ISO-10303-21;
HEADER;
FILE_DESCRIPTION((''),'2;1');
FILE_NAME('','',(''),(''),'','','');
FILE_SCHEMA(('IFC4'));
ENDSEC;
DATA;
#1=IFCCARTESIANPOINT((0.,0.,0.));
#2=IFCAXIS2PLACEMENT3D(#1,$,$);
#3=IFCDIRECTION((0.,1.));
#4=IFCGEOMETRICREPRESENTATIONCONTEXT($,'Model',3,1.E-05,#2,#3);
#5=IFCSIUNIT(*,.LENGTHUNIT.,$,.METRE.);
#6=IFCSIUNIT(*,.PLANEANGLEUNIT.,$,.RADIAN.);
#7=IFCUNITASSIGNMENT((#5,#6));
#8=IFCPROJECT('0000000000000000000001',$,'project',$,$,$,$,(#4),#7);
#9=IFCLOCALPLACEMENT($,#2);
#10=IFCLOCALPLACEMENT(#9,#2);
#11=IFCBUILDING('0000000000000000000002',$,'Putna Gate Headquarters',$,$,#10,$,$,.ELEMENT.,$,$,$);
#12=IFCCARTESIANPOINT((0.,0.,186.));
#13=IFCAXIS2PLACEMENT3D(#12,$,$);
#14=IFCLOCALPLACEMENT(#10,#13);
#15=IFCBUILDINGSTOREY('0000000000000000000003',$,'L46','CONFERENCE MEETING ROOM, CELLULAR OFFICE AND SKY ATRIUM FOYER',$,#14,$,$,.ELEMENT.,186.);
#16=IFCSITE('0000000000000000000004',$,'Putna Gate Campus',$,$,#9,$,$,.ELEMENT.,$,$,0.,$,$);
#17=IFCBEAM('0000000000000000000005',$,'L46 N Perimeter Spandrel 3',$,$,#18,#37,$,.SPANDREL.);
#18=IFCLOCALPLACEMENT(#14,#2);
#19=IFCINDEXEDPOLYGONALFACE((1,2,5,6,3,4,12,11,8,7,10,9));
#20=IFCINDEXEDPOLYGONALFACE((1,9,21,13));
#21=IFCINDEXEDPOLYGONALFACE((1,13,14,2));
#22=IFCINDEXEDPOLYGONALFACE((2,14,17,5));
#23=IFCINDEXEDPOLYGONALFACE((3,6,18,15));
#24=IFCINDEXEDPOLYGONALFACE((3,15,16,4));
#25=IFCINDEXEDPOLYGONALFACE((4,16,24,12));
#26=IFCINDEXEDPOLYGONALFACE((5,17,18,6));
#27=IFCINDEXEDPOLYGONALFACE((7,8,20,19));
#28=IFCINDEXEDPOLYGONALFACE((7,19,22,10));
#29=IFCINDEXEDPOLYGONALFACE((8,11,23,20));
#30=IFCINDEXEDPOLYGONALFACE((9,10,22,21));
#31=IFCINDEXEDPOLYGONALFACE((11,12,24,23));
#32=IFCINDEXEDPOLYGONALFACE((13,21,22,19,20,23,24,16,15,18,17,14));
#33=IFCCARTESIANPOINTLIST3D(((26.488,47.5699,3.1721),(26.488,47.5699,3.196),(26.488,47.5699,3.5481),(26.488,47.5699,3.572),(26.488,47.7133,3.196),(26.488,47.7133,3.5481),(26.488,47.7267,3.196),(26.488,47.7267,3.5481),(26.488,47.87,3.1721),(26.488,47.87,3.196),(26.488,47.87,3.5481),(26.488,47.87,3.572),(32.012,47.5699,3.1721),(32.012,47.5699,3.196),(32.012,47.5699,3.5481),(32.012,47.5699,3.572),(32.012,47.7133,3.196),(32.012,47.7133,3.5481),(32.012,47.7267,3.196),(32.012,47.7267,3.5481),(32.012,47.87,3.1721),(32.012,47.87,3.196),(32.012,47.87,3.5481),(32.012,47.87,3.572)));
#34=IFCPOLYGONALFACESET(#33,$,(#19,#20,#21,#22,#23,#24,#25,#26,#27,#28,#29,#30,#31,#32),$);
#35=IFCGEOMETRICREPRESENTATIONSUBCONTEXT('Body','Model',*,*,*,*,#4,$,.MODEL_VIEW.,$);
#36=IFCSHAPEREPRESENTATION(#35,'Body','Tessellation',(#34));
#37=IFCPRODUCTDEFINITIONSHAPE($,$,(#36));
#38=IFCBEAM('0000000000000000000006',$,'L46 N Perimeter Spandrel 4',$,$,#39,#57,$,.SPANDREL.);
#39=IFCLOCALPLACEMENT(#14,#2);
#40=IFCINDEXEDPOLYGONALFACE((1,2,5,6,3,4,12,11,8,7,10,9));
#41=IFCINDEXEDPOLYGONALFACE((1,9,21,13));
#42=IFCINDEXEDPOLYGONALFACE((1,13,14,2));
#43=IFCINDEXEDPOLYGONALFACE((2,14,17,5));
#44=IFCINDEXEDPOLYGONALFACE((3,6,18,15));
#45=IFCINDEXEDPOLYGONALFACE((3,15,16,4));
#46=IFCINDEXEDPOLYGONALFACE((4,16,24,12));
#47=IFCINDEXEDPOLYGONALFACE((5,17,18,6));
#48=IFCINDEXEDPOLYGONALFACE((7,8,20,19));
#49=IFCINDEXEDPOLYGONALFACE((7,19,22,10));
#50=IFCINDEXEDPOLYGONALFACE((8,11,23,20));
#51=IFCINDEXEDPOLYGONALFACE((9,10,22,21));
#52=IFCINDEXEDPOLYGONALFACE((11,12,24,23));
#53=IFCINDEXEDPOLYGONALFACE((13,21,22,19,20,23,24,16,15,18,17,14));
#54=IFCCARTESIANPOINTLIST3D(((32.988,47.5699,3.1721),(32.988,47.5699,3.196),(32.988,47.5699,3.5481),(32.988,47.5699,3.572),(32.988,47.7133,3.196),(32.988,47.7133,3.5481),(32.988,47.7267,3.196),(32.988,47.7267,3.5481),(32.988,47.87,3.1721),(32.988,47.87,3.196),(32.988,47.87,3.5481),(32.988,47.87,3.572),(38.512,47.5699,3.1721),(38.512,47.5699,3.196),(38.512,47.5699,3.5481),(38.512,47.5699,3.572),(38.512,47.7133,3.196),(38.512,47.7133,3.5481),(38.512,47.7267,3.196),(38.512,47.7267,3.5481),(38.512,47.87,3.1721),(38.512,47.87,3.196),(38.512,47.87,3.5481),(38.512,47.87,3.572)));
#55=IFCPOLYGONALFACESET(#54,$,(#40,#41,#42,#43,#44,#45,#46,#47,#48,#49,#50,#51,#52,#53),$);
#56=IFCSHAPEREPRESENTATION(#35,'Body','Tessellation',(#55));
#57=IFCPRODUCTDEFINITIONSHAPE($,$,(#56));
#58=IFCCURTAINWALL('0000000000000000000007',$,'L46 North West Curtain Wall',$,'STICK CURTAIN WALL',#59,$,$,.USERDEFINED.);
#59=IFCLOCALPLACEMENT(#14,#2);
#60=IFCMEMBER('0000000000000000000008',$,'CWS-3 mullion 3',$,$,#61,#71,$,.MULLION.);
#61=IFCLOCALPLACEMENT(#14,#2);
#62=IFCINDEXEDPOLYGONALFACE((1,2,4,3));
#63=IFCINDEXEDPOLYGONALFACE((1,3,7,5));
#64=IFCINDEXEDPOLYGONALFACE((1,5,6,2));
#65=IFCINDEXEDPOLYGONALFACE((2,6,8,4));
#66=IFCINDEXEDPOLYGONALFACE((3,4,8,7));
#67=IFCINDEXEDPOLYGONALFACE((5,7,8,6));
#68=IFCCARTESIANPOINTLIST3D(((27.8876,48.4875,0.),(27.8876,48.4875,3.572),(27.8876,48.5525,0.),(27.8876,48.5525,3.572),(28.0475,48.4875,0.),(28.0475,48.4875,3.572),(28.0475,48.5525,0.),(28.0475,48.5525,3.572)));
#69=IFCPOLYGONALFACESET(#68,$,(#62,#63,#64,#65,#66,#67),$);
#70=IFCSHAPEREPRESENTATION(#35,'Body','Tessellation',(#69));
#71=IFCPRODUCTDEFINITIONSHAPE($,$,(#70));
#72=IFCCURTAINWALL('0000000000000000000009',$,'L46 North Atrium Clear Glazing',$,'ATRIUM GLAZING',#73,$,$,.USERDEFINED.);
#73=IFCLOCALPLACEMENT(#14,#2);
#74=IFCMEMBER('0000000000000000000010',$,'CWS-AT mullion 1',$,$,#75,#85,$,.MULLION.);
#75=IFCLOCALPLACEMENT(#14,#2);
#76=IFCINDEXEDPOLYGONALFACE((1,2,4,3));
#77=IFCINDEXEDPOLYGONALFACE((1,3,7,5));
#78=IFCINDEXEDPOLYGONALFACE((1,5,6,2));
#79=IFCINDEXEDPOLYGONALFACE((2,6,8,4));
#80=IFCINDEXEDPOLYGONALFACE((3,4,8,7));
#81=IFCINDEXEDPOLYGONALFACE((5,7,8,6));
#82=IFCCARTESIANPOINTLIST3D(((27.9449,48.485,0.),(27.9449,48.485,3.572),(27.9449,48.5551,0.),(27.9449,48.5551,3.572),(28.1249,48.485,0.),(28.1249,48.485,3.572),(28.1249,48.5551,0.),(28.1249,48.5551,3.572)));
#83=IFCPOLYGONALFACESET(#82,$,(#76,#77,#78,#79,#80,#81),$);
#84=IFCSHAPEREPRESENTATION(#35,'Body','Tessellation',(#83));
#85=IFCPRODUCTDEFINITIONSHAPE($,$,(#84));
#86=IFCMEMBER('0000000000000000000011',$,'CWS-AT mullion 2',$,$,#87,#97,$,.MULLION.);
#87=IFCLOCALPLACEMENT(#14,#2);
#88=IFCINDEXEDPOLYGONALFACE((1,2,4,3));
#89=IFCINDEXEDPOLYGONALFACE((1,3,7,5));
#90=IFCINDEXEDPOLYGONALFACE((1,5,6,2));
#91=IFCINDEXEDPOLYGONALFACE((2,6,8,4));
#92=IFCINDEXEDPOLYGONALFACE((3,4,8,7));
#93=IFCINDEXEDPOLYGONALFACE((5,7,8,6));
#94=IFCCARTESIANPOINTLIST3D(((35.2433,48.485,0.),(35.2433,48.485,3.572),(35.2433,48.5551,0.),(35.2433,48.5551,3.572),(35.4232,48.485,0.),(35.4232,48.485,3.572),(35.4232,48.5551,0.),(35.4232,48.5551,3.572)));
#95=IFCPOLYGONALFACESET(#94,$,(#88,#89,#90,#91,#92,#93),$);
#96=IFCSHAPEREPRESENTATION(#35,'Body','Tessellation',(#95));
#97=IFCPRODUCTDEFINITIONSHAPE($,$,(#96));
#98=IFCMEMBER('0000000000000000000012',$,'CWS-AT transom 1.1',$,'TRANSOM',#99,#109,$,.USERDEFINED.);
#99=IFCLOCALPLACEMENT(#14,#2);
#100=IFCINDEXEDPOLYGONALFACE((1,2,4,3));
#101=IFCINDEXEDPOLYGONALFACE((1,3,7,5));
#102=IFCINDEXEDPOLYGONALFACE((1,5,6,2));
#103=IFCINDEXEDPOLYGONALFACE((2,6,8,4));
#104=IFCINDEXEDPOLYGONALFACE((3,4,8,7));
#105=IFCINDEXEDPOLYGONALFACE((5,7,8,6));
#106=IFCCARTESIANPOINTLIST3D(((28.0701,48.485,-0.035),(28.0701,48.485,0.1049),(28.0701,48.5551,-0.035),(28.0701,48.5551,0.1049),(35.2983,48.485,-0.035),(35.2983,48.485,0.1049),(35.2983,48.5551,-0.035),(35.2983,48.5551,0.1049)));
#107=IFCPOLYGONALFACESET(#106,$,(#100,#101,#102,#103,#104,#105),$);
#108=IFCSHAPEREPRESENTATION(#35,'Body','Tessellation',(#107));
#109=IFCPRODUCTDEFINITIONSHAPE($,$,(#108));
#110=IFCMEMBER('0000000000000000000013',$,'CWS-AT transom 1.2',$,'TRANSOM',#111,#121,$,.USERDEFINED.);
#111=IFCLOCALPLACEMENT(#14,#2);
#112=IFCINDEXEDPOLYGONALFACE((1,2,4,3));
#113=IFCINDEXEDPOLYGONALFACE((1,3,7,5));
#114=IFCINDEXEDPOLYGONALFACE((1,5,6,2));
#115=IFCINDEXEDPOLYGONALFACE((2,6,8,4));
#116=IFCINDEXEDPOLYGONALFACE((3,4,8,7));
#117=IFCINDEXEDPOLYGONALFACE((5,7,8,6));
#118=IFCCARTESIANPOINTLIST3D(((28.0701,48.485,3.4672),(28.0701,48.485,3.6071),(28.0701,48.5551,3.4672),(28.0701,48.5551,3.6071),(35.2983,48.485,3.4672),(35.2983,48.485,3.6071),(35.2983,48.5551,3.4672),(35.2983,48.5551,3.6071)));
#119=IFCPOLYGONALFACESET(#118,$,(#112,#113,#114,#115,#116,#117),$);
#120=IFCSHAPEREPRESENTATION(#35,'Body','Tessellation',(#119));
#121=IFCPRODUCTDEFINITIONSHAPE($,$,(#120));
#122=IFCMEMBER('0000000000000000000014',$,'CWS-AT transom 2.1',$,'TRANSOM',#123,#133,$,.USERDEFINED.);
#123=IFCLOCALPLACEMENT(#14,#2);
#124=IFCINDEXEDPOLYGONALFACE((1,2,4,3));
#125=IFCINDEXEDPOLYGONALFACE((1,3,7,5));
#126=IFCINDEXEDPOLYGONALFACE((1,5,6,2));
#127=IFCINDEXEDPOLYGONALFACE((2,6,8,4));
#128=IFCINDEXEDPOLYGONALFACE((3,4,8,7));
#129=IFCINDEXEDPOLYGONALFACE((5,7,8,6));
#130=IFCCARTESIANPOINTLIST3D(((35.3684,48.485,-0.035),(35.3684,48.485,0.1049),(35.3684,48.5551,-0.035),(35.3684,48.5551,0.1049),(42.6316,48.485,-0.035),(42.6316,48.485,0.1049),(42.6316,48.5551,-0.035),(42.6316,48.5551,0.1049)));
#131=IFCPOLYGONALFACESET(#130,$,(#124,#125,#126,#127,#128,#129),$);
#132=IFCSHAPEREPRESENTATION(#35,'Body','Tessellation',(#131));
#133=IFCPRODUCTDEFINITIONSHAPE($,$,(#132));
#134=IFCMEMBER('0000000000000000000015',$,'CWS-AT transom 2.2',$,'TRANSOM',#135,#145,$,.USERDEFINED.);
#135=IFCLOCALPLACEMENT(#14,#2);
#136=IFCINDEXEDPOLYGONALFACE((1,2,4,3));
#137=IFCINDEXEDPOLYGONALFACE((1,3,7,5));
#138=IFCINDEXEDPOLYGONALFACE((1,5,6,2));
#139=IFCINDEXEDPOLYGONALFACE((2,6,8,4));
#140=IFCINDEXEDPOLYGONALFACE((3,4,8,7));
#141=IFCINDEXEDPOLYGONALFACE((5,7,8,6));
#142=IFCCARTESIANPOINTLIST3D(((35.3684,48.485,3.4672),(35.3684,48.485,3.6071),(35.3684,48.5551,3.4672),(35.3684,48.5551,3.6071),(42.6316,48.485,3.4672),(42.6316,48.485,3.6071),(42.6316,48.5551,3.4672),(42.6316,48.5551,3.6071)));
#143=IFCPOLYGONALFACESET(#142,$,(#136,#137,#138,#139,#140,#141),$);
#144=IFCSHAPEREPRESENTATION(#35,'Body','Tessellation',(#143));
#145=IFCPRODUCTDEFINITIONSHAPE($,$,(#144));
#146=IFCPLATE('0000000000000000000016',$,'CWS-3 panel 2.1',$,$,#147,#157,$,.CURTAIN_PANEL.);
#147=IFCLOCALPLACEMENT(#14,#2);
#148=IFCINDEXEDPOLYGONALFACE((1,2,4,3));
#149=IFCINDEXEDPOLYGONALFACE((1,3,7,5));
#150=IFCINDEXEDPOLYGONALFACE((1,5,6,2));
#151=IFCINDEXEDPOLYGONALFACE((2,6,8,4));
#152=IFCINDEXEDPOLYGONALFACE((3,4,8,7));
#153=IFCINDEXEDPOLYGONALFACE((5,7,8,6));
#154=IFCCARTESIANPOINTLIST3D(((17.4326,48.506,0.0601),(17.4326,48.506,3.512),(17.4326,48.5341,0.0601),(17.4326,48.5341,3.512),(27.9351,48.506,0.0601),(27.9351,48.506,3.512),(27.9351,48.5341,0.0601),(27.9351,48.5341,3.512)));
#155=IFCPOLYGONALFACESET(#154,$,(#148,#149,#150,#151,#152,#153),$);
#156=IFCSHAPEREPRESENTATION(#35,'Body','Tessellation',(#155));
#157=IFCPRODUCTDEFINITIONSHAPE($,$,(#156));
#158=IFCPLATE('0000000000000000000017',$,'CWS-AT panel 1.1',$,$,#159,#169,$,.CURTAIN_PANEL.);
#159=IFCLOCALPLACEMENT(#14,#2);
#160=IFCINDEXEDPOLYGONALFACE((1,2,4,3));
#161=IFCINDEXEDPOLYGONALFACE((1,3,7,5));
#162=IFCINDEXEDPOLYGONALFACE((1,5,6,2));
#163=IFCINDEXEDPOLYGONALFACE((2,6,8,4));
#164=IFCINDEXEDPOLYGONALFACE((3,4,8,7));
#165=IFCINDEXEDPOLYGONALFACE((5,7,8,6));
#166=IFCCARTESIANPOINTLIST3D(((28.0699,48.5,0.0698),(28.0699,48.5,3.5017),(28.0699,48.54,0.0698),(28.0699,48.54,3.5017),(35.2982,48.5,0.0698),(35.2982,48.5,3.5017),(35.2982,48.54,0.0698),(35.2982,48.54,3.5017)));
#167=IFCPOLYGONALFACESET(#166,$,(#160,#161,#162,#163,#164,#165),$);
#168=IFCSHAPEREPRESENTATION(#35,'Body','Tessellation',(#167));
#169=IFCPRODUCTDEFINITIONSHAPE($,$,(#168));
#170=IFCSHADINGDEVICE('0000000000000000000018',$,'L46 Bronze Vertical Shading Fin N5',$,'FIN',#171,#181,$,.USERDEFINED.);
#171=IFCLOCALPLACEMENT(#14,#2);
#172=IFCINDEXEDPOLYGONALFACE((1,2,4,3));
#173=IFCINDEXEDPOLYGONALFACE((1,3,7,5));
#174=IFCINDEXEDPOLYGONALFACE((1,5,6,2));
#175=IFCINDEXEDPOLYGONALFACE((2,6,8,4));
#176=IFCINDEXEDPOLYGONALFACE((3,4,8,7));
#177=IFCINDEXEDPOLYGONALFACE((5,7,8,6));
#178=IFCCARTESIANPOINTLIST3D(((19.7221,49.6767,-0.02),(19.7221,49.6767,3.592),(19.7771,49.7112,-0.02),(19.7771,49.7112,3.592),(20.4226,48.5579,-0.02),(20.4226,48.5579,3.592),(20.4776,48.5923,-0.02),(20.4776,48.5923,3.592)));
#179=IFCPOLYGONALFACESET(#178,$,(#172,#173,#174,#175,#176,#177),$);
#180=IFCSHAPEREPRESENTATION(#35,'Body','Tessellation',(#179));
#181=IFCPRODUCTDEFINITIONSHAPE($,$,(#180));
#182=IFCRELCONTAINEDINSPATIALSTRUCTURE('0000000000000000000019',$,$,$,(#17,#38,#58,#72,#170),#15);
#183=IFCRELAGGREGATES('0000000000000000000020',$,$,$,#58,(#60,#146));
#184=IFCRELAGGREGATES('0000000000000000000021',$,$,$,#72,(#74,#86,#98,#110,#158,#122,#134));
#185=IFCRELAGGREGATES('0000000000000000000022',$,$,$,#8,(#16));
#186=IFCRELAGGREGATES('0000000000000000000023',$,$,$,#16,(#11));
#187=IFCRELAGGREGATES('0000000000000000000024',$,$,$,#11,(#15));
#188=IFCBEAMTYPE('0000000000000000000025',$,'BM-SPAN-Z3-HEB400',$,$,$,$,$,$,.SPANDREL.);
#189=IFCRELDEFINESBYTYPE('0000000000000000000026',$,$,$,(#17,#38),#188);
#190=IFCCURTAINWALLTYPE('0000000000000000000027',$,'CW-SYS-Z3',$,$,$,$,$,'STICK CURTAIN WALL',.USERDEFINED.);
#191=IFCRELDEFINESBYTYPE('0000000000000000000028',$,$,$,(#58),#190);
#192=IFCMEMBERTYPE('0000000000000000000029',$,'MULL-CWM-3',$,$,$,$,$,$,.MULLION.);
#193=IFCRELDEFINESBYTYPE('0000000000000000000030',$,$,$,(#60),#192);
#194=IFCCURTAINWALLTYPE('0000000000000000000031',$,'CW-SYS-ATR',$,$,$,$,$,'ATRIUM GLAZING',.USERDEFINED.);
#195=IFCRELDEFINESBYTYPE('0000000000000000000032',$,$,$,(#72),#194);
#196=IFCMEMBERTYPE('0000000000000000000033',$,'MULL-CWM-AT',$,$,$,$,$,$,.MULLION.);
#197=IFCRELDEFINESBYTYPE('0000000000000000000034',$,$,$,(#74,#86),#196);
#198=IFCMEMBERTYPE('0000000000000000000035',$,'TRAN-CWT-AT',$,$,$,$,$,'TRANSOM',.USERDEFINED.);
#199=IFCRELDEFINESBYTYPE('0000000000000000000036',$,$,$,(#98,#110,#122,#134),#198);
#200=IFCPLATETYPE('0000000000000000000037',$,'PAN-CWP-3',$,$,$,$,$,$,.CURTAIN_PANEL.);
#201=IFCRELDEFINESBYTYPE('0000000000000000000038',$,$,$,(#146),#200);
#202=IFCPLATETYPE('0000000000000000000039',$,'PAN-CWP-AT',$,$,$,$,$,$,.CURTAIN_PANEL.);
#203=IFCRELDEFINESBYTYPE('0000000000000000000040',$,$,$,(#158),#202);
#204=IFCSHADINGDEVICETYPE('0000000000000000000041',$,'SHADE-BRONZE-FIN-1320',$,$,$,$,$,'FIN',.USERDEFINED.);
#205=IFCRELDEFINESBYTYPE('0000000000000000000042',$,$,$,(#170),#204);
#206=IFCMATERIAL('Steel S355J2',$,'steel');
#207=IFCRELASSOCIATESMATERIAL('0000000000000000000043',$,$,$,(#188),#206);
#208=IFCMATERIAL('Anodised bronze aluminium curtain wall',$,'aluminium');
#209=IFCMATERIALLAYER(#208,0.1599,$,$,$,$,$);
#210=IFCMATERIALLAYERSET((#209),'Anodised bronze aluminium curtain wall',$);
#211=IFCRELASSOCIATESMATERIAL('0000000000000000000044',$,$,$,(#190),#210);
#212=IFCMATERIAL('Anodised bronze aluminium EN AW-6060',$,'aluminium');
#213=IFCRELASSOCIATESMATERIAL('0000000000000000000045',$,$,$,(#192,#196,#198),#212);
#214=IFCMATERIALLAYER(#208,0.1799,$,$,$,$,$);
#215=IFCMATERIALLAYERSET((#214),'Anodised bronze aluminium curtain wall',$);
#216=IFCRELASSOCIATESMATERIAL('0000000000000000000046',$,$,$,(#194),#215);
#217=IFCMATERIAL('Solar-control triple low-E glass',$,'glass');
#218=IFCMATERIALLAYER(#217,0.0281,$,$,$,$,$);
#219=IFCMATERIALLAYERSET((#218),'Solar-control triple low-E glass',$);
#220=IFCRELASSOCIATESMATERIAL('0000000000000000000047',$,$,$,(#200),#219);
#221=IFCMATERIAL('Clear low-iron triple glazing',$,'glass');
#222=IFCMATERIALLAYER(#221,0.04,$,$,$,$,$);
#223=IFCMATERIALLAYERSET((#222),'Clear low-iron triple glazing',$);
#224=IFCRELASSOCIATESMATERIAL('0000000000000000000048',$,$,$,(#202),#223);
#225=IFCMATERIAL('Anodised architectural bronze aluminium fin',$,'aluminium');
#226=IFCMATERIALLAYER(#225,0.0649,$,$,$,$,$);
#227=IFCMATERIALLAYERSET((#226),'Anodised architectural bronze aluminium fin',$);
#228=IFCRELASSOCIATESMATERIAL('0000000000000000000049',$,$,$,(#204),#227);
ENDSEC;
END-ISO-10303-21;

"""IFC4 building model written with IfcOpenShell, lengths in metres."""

from ifc_helpers import new_model, si_unit, direction, frame, origin, origin_2d, place, context, subcontext, project, spatial, rectangle, i_section, extrude, material, layer, layer_set, material_profile, profile_set, type_object, element, aggregate, save


model = new_model("IFC4")

# Units and contexts
model_context = context("Model", 3, precision=1e-05, world=origin(), true_north=direction((0.0, 1.0)))
body_context = subcontext(model_context, "Body", "Model", "MODEL_VIEW")
ifc_project = project(units=[si_unit("LENGTHUNIT", "METRE"), si_unit("PLANEANGLEUNIT", "RADIAN")], contexts=[model_context])

# Site, building, storey
site_placement = place(None, origin())
site = spatial("IfcSite", under=ifc_project, at=site_placement, Name="Putna Gate Campus", CompositionType="ELEMENT", RefElevation=0.0)
building_placement = place(site_placement, origin())
building = spatial("IfcBuilding", under=site, at=building_placement, Name="Putna Gate Headquarters", CompositionType="ELEMENT")
storey_placement = place(building_placement, frame((0.0, 0.0, 186.0)))
storey = spatial("IfcBuildingStorey", under=building, at=storey_placement, Name="L46", Description="CONFERENCE MEETING ROOM, CELLULAR OFFICE AND SKY ATRIUM FOYER", CompositionType="ELEMENT", Elevation=186.0)

# Beams
ifc_material_1 = material(Name="Steel S355J2", Category="steel")
ifc_material_profile_1 = material_profile(ifc_material_1, i_section(OverallWidth=0.3, OverallDepth=0.3999, WebThickness=0.0134, FlangeThickness=0.0239, at=origin_2d()), Name="Steel S355J2")
ifc_profile_set_1 = profile_set([ifc_material_profile_1], Name="Steel S355J2")
beam_type_1 = type_object("IfcBeamType", Name="BM-SPAN-Z3-HEB400", PredefinedType="SPANDREL", material=ifc_profile_set_1)
for number, where, z_axis, x_axis, name in (
    (1, (26.488, 47.72, 3.3721), (1.0, 0.0, 0.0), (0.0, 1.0, 0.0), "L46 N Perimeter Spandrel 3"),
    (2, (32.988, 47.72, 3.3721), (1.0, 0.0, 0.0), (0.0, 1.0, 0.0), "L46 N Perimeter Spandrel 4"),
):
    element("IfcBeam", number, at=place(storey_placement, frame(where, z_axis=z_axis, x_axis=x_axis)), inside=storey, type_object=beam_type_1, Name=name, PredefinedType="SPANDREL", context=body_context, shape_type="SweptSolid", body=[
        extrude(i_section(OverallWidth=0.3, OverallDepth=0.3999, WebThickness=0.0134, FlangeThickness=0.0239, at=origin_2d()), origin(), (0.0, 0.0, 1.0), 5.5239),
    ])

# Curtain wall, member
ifc_material_2 = material(Name="Anodised bronze aluminium curtain wall", Category="aluminium")
ifc_layer_1 = layer(ifc_material_2, 0.1599)
ifc_layer_set_1 = layer_set([ifc_layer_1], Name="Anodised bronze aluminium curtain wall")
curtain_wall_type_1 = type_object("IfcCurtainWallType", Name="CW-SYS-Z3", ElementType="STICK CURTAIN WALL", PredefinedType="USERDEFINED", material=ifc_layer_set_1)
curtain_wall_1_placement = place(storey_placement, origin())
curtain_wall_1 = element("IfcCurtainWall", 3, at=curtain_wall_1_placement, inside=storey, type_object=curtain_wall_type_1, Name="L46 North West Curtain Wall", ObjectType="STICK CURTAIN WALL", PredefinedType="USERDEFINED")
ifc_material_3 = material(Name="Anodised bronze aluminium EN AW-6060", Category="aluminium")
ifc_material_profile_2 = material_profile(ifc_material_3, rectangle(XDim=0.0649, YDim=0.1599, at=origin_2d()), Name="Anodised bronze aluminium EN AW-6060")
ifc_profile_set_2 = profile_set([ifc_material_profile_2], Name="Anodised bronze aluminium EN AW-6060")
member_type_1 = type_object("IfcMemberType", Name="MULL-CWM-3", PredefinedType="MULLION", material=ifc_profile_set_2)
member_1_placement = place(storey_placement, frame((27.9675, 48.52, 0.0), z_axis=(0.0, 0.0, 1.0), x_axis=(0.0, 1.0, 0.0)))
member_1 = element("IfcMember", 4, at=member_1_placement, type_object=member_type_1, Name="CWS-3 mullion 3", PredefinedType="MULLION", context=body_context, shape_type="SweptSolid", body=[
    extrude(rectangle(XDim=0.0649, YDim=0.1599, at=origin_2d()), origin(), (0.0, 0.0, 1.0), 3.572),
])

# Curtain wall, members
ifc_layer_2 = layer(ifc_material_2, 0.1799)
ifc_layer_set_2 = layer_set([ifc_layer_2], Name="Anodised bronze aluminium curtain wall")
curtain_wall_type_2 = type_object("IfcCurtainWallType", Name="CW-SYS-ATR", ElementType="ATRIUM GLAZING", PredefinedType="USERDEFINED", material=ifc_layer_set_2)
curtain_wall_2_placement = place(storey_placement, origin())
curtain_wall_2 = element("IfcCurtainWall", 5, at=curtain_wall_2_placement, inside=storey, type_object=curtain_wall_type_2, Name="L46 North Atrium Clear Glazing", ObjectType="ATRIUM GLAZING", PredefinedType="USERDEFINED")
ifc_material_profile_3 = material_profile(ifc_material_3, rectangle(XDim=0.0701, YDim=0.1799, at=origin_2d()), Name="Anodised bronze aluminium EN AW-6060")
ifc_profile_set_3 = profile_set([ifc_material_profile_3], Name="Anodised bronze aluminium EN AW-6060")
member_type_2 = type_object("IfcMemberType", Name="MULL-CWM-AT", PredefinedType="MULLION", material=ifc_profile_set_3)
member_2_placement = place(storey_placement, frame((28.0349, 48.52, 0.0), z_axis=(0.0, 0.0, 1.0), x_axis=(0.0, 1.0, 0.0)))
member_2 = element("IfcMember", 6, at=member_2_placement, type_object=member_type_2, Name="CWS-AT mullion 1", PredefinedType="MULLION", context=body_context, shape_type="SweptSolid", body=[
    extrude(rectangle(XDim=0.0701, YDim=0.1799, at=origin_2d()), origin(), (0.0, 0.0, 1.0), 3.572),
])
member_3_placement = place(storey_placement, frame((35.3333, 48.52, 0.0), z_axis=(0.0, 0.0, 1.0), x_axis=(0.0, 1.0, 0.0)))
member_3 = element("IfcMember", 7, at=member_3_placement, type_object=member_type_2, Name="CWS-AT mullion 2", PredefinedType="MULLION", context=body_context, shape_type="SweptSolid", body=[
    extrude(rectangle(XDim=0.0701, YDim=0.1799, at=origin_2d()), origin(), (0.0, 0.0, 1.0), 3.572),
])
ifc_material_profile_4 = material_profile(ifc_material_3, rectangle(XDim=0.0701, YDim=0.1399, at=origin_2d()), Name="Anodised bronze aluminium EN AW-6060")
ifc_profile_set_4 = profile_set([ifc_material_profile_4], Name="Anodised bronze aluminium EN AW-6060")
member_type_3 = type_object("IfcMemberType", Name="TRAN-CWT-AT", ElementType="TRANSOM", PredefinedType="USERDEFINED", material=ifc_profile_set_4)
member_4_placement = place(storey_placement, frame((28.0701, 48.52, 0.0349), z_axis=(1.0, 0.0, 0.0), x_axis=(0.0, 1.0, 0.0)))
member_4 = element("IfcMember", 8, at=member_4_placement, type_object=member_type_3, Name="CWS-AT transom 1.1", ObjectType="TRANSOM", PredefinedType="USERDEFINED", context=body_context, shape_type="SweptSolid", body=[
    extrude(rectangle(XDim=0.0701, YDim=0.1399, at=origin_2d()), origin(), (0.0, 0.0, 1.0), 7.2283),
])
member_5_placement = place(storey_placement, frame((28.0701, 48.52, 3.5371), z_axis=(1.0, 0.0, 0.0), x_axis=(0.0, 1.0, 0.0)))
member_5 = element("IfcMember", 9, at=member_5_placement, type_object=member_type_3, Name="CWS-AT transom 1.2", ObjectType="TRANSOM", PredefinedType="USERDEFINED", context=body_context, shape_type="SweptSolid", body=[
    extrude(rectangle(XDim=0.0701, YDim=0.1399, at=origin_2d()), origin(), (0.0, 0.0, 1.0), 7.2283),
])
member_6_placement = place(storey_placement, frame((35.3684, 48.52, 0.0349), z_axis=(1.0, 0.0, 0.0), x_axis=(0.0, 1.0, 0.0)))
member_6 = element("IfcMember", 10, at=member_6_placement, type_object=member_type_3, Name="CWS-AT transom 2.1", ObjectType="TRANSOM", PredefinedType="USERDEFINED", context=body_context, shape_type="SweptSolid", body=[
    extrude(rectangle(XDim=0.0701, YDim=0.1399, at=origin_2d()), origin(), (0.0, 0.0, 1.0), 7.2632),
])
member_7_placement = place(storey_placement, frame((35.3684, 48.52, 3.5371), z_axis=(1.0, 0.0, 0.0), x_axis=(0.0, 1.0, 0.0)))
member_7 = element("IfcMember", 11, at=member_7_placement, type_object=member_type_3, Name="CWS-AT transom 2.2", ObjectType="TRANSOM", PredefinedType="USERDEFINED", context=body_context, shape_type="SweptSolid", body=[
    extrude(rectangle(XDim=0.0701, YDim=0.1399, at=origin_2d()), origin(), (0.0, 0.0, 1.0), 7.2632),
])

# Plates
ifc_material_4 = material(Name="Solar-control triple low-E glass", Category="glass")
ifc_layer_3 = layer(ifc_material_4, 0.0281)
ifc_layer_set_3 = layer_set([ifc_layer_3], Name="Solar-control triple low-E glass")
plate_type_1 = type_object("IfcPlateType", Name="PAN-CWP-3", PredefinedType="CURTAIN_PANEL", material=ifc_layer_set_3)
plate_1_placement = place(storey_placement, frame((22.6838, 48.52, 0.0601), z_axis=(0.0, 0.0, 1.0), x_axis=(1.0, 0.0, 0.0)))
plate_1 = element("IfcPlate", 12, at=plate_1_placement, type_object=plate_type_1, Name="CWS-3 panel 2.1", PredefinedType="CURTAIN_PANEL", context=body_context, shape_type="SweptSolid", body=[
    extrude(rectangle(XDim=10.5024, YDim=0.0281, at=origin_2d()), origin(), (0.0, 0.0, 1.0), 3.4519),
])
aggregate(curtain_wall_1, [member_1, plate_1])
ifc_material_5 = material(Name="Clear low-iron triple glazing", Category="glass")
ifc_layer_4 = layer(ifc_material_5, 0.04)
ifc_layer_set_4 = layer_set([ifc_layer_4], Name="Clear low-iron triple glazing")
plate_type_2 = type_object("IfcPlateType", Name="PAN-CWP-AT", PredefinedType="CURTAIN_PANEL", material=ifc_layer_set_4)
plate_2_placement = place(storey_placement, frame((31.6841, 48.52, 0.0698), z_axis=(0.0, 0.0, 1.0), x_axis=(1.0, 0.0, 0.0)))
plate_2 = element("IfcPlate", 13, at=plate_2_placement, type_object=plate_type_2, Name="CWS-AT panel 1.1", PredefinedType="CURTAIN_PANEL", context=body_context, shape_type="SweptSolid", body=[
    extrude(rectangle(XDim=7.2283, YDim=0.04, at=origin_2d()), origin(), (0.0, 0.0, 1.0), 3.4319),
])
aggregate(curtain_wall_2, [member_2, member_3, member_4, member_5, plate_2, member_6, member_7])

# Shading device
ifc_material_6 = material(Name="Anodised architectural bronze aluminium fin", Category="aluminium")
ifc_layer_5 = layer(ifc_material_6, 0.0649)
ifc_layer_set_5 = layer_set([ifc_layer_5], Name="Anodised architectural bronze aluminium fin")
shading_device_type = type_object("IfcShadingDeviceType", Name="SHADE-BRONZE-FIN-1320", ElementType="FIN", PredefinedType="USERDEFINED", material=ifc_layer_set_5)
for number, where, z_axis, x_axis, name in (
    (14, (20.0999, 49.1345, -0.02), (0.0, 0.0, 1.0), (-0.530659, 0.847585, 0.0), "L46 Bronze Vertical Shading Fin N5"),
):
    element("IfcShadingDevice", number, at=place(storey_placement, frame(where, z_axis=z_axis, x_axis=x_axis)), inside=storey, type_object=shading_device_type, Name=name, ObjectType="FIN", PredefinedType="USERDEFINED", context=body_context, shape_type="SweptSolid", body=[
        extrude(rectangle(XDim=1.3201, YDim=0.0649, at=origin_2d()), origin(), (0.0, 0.0, 1.0), 3.6121),
    ])

save(model, "model.ifc")
